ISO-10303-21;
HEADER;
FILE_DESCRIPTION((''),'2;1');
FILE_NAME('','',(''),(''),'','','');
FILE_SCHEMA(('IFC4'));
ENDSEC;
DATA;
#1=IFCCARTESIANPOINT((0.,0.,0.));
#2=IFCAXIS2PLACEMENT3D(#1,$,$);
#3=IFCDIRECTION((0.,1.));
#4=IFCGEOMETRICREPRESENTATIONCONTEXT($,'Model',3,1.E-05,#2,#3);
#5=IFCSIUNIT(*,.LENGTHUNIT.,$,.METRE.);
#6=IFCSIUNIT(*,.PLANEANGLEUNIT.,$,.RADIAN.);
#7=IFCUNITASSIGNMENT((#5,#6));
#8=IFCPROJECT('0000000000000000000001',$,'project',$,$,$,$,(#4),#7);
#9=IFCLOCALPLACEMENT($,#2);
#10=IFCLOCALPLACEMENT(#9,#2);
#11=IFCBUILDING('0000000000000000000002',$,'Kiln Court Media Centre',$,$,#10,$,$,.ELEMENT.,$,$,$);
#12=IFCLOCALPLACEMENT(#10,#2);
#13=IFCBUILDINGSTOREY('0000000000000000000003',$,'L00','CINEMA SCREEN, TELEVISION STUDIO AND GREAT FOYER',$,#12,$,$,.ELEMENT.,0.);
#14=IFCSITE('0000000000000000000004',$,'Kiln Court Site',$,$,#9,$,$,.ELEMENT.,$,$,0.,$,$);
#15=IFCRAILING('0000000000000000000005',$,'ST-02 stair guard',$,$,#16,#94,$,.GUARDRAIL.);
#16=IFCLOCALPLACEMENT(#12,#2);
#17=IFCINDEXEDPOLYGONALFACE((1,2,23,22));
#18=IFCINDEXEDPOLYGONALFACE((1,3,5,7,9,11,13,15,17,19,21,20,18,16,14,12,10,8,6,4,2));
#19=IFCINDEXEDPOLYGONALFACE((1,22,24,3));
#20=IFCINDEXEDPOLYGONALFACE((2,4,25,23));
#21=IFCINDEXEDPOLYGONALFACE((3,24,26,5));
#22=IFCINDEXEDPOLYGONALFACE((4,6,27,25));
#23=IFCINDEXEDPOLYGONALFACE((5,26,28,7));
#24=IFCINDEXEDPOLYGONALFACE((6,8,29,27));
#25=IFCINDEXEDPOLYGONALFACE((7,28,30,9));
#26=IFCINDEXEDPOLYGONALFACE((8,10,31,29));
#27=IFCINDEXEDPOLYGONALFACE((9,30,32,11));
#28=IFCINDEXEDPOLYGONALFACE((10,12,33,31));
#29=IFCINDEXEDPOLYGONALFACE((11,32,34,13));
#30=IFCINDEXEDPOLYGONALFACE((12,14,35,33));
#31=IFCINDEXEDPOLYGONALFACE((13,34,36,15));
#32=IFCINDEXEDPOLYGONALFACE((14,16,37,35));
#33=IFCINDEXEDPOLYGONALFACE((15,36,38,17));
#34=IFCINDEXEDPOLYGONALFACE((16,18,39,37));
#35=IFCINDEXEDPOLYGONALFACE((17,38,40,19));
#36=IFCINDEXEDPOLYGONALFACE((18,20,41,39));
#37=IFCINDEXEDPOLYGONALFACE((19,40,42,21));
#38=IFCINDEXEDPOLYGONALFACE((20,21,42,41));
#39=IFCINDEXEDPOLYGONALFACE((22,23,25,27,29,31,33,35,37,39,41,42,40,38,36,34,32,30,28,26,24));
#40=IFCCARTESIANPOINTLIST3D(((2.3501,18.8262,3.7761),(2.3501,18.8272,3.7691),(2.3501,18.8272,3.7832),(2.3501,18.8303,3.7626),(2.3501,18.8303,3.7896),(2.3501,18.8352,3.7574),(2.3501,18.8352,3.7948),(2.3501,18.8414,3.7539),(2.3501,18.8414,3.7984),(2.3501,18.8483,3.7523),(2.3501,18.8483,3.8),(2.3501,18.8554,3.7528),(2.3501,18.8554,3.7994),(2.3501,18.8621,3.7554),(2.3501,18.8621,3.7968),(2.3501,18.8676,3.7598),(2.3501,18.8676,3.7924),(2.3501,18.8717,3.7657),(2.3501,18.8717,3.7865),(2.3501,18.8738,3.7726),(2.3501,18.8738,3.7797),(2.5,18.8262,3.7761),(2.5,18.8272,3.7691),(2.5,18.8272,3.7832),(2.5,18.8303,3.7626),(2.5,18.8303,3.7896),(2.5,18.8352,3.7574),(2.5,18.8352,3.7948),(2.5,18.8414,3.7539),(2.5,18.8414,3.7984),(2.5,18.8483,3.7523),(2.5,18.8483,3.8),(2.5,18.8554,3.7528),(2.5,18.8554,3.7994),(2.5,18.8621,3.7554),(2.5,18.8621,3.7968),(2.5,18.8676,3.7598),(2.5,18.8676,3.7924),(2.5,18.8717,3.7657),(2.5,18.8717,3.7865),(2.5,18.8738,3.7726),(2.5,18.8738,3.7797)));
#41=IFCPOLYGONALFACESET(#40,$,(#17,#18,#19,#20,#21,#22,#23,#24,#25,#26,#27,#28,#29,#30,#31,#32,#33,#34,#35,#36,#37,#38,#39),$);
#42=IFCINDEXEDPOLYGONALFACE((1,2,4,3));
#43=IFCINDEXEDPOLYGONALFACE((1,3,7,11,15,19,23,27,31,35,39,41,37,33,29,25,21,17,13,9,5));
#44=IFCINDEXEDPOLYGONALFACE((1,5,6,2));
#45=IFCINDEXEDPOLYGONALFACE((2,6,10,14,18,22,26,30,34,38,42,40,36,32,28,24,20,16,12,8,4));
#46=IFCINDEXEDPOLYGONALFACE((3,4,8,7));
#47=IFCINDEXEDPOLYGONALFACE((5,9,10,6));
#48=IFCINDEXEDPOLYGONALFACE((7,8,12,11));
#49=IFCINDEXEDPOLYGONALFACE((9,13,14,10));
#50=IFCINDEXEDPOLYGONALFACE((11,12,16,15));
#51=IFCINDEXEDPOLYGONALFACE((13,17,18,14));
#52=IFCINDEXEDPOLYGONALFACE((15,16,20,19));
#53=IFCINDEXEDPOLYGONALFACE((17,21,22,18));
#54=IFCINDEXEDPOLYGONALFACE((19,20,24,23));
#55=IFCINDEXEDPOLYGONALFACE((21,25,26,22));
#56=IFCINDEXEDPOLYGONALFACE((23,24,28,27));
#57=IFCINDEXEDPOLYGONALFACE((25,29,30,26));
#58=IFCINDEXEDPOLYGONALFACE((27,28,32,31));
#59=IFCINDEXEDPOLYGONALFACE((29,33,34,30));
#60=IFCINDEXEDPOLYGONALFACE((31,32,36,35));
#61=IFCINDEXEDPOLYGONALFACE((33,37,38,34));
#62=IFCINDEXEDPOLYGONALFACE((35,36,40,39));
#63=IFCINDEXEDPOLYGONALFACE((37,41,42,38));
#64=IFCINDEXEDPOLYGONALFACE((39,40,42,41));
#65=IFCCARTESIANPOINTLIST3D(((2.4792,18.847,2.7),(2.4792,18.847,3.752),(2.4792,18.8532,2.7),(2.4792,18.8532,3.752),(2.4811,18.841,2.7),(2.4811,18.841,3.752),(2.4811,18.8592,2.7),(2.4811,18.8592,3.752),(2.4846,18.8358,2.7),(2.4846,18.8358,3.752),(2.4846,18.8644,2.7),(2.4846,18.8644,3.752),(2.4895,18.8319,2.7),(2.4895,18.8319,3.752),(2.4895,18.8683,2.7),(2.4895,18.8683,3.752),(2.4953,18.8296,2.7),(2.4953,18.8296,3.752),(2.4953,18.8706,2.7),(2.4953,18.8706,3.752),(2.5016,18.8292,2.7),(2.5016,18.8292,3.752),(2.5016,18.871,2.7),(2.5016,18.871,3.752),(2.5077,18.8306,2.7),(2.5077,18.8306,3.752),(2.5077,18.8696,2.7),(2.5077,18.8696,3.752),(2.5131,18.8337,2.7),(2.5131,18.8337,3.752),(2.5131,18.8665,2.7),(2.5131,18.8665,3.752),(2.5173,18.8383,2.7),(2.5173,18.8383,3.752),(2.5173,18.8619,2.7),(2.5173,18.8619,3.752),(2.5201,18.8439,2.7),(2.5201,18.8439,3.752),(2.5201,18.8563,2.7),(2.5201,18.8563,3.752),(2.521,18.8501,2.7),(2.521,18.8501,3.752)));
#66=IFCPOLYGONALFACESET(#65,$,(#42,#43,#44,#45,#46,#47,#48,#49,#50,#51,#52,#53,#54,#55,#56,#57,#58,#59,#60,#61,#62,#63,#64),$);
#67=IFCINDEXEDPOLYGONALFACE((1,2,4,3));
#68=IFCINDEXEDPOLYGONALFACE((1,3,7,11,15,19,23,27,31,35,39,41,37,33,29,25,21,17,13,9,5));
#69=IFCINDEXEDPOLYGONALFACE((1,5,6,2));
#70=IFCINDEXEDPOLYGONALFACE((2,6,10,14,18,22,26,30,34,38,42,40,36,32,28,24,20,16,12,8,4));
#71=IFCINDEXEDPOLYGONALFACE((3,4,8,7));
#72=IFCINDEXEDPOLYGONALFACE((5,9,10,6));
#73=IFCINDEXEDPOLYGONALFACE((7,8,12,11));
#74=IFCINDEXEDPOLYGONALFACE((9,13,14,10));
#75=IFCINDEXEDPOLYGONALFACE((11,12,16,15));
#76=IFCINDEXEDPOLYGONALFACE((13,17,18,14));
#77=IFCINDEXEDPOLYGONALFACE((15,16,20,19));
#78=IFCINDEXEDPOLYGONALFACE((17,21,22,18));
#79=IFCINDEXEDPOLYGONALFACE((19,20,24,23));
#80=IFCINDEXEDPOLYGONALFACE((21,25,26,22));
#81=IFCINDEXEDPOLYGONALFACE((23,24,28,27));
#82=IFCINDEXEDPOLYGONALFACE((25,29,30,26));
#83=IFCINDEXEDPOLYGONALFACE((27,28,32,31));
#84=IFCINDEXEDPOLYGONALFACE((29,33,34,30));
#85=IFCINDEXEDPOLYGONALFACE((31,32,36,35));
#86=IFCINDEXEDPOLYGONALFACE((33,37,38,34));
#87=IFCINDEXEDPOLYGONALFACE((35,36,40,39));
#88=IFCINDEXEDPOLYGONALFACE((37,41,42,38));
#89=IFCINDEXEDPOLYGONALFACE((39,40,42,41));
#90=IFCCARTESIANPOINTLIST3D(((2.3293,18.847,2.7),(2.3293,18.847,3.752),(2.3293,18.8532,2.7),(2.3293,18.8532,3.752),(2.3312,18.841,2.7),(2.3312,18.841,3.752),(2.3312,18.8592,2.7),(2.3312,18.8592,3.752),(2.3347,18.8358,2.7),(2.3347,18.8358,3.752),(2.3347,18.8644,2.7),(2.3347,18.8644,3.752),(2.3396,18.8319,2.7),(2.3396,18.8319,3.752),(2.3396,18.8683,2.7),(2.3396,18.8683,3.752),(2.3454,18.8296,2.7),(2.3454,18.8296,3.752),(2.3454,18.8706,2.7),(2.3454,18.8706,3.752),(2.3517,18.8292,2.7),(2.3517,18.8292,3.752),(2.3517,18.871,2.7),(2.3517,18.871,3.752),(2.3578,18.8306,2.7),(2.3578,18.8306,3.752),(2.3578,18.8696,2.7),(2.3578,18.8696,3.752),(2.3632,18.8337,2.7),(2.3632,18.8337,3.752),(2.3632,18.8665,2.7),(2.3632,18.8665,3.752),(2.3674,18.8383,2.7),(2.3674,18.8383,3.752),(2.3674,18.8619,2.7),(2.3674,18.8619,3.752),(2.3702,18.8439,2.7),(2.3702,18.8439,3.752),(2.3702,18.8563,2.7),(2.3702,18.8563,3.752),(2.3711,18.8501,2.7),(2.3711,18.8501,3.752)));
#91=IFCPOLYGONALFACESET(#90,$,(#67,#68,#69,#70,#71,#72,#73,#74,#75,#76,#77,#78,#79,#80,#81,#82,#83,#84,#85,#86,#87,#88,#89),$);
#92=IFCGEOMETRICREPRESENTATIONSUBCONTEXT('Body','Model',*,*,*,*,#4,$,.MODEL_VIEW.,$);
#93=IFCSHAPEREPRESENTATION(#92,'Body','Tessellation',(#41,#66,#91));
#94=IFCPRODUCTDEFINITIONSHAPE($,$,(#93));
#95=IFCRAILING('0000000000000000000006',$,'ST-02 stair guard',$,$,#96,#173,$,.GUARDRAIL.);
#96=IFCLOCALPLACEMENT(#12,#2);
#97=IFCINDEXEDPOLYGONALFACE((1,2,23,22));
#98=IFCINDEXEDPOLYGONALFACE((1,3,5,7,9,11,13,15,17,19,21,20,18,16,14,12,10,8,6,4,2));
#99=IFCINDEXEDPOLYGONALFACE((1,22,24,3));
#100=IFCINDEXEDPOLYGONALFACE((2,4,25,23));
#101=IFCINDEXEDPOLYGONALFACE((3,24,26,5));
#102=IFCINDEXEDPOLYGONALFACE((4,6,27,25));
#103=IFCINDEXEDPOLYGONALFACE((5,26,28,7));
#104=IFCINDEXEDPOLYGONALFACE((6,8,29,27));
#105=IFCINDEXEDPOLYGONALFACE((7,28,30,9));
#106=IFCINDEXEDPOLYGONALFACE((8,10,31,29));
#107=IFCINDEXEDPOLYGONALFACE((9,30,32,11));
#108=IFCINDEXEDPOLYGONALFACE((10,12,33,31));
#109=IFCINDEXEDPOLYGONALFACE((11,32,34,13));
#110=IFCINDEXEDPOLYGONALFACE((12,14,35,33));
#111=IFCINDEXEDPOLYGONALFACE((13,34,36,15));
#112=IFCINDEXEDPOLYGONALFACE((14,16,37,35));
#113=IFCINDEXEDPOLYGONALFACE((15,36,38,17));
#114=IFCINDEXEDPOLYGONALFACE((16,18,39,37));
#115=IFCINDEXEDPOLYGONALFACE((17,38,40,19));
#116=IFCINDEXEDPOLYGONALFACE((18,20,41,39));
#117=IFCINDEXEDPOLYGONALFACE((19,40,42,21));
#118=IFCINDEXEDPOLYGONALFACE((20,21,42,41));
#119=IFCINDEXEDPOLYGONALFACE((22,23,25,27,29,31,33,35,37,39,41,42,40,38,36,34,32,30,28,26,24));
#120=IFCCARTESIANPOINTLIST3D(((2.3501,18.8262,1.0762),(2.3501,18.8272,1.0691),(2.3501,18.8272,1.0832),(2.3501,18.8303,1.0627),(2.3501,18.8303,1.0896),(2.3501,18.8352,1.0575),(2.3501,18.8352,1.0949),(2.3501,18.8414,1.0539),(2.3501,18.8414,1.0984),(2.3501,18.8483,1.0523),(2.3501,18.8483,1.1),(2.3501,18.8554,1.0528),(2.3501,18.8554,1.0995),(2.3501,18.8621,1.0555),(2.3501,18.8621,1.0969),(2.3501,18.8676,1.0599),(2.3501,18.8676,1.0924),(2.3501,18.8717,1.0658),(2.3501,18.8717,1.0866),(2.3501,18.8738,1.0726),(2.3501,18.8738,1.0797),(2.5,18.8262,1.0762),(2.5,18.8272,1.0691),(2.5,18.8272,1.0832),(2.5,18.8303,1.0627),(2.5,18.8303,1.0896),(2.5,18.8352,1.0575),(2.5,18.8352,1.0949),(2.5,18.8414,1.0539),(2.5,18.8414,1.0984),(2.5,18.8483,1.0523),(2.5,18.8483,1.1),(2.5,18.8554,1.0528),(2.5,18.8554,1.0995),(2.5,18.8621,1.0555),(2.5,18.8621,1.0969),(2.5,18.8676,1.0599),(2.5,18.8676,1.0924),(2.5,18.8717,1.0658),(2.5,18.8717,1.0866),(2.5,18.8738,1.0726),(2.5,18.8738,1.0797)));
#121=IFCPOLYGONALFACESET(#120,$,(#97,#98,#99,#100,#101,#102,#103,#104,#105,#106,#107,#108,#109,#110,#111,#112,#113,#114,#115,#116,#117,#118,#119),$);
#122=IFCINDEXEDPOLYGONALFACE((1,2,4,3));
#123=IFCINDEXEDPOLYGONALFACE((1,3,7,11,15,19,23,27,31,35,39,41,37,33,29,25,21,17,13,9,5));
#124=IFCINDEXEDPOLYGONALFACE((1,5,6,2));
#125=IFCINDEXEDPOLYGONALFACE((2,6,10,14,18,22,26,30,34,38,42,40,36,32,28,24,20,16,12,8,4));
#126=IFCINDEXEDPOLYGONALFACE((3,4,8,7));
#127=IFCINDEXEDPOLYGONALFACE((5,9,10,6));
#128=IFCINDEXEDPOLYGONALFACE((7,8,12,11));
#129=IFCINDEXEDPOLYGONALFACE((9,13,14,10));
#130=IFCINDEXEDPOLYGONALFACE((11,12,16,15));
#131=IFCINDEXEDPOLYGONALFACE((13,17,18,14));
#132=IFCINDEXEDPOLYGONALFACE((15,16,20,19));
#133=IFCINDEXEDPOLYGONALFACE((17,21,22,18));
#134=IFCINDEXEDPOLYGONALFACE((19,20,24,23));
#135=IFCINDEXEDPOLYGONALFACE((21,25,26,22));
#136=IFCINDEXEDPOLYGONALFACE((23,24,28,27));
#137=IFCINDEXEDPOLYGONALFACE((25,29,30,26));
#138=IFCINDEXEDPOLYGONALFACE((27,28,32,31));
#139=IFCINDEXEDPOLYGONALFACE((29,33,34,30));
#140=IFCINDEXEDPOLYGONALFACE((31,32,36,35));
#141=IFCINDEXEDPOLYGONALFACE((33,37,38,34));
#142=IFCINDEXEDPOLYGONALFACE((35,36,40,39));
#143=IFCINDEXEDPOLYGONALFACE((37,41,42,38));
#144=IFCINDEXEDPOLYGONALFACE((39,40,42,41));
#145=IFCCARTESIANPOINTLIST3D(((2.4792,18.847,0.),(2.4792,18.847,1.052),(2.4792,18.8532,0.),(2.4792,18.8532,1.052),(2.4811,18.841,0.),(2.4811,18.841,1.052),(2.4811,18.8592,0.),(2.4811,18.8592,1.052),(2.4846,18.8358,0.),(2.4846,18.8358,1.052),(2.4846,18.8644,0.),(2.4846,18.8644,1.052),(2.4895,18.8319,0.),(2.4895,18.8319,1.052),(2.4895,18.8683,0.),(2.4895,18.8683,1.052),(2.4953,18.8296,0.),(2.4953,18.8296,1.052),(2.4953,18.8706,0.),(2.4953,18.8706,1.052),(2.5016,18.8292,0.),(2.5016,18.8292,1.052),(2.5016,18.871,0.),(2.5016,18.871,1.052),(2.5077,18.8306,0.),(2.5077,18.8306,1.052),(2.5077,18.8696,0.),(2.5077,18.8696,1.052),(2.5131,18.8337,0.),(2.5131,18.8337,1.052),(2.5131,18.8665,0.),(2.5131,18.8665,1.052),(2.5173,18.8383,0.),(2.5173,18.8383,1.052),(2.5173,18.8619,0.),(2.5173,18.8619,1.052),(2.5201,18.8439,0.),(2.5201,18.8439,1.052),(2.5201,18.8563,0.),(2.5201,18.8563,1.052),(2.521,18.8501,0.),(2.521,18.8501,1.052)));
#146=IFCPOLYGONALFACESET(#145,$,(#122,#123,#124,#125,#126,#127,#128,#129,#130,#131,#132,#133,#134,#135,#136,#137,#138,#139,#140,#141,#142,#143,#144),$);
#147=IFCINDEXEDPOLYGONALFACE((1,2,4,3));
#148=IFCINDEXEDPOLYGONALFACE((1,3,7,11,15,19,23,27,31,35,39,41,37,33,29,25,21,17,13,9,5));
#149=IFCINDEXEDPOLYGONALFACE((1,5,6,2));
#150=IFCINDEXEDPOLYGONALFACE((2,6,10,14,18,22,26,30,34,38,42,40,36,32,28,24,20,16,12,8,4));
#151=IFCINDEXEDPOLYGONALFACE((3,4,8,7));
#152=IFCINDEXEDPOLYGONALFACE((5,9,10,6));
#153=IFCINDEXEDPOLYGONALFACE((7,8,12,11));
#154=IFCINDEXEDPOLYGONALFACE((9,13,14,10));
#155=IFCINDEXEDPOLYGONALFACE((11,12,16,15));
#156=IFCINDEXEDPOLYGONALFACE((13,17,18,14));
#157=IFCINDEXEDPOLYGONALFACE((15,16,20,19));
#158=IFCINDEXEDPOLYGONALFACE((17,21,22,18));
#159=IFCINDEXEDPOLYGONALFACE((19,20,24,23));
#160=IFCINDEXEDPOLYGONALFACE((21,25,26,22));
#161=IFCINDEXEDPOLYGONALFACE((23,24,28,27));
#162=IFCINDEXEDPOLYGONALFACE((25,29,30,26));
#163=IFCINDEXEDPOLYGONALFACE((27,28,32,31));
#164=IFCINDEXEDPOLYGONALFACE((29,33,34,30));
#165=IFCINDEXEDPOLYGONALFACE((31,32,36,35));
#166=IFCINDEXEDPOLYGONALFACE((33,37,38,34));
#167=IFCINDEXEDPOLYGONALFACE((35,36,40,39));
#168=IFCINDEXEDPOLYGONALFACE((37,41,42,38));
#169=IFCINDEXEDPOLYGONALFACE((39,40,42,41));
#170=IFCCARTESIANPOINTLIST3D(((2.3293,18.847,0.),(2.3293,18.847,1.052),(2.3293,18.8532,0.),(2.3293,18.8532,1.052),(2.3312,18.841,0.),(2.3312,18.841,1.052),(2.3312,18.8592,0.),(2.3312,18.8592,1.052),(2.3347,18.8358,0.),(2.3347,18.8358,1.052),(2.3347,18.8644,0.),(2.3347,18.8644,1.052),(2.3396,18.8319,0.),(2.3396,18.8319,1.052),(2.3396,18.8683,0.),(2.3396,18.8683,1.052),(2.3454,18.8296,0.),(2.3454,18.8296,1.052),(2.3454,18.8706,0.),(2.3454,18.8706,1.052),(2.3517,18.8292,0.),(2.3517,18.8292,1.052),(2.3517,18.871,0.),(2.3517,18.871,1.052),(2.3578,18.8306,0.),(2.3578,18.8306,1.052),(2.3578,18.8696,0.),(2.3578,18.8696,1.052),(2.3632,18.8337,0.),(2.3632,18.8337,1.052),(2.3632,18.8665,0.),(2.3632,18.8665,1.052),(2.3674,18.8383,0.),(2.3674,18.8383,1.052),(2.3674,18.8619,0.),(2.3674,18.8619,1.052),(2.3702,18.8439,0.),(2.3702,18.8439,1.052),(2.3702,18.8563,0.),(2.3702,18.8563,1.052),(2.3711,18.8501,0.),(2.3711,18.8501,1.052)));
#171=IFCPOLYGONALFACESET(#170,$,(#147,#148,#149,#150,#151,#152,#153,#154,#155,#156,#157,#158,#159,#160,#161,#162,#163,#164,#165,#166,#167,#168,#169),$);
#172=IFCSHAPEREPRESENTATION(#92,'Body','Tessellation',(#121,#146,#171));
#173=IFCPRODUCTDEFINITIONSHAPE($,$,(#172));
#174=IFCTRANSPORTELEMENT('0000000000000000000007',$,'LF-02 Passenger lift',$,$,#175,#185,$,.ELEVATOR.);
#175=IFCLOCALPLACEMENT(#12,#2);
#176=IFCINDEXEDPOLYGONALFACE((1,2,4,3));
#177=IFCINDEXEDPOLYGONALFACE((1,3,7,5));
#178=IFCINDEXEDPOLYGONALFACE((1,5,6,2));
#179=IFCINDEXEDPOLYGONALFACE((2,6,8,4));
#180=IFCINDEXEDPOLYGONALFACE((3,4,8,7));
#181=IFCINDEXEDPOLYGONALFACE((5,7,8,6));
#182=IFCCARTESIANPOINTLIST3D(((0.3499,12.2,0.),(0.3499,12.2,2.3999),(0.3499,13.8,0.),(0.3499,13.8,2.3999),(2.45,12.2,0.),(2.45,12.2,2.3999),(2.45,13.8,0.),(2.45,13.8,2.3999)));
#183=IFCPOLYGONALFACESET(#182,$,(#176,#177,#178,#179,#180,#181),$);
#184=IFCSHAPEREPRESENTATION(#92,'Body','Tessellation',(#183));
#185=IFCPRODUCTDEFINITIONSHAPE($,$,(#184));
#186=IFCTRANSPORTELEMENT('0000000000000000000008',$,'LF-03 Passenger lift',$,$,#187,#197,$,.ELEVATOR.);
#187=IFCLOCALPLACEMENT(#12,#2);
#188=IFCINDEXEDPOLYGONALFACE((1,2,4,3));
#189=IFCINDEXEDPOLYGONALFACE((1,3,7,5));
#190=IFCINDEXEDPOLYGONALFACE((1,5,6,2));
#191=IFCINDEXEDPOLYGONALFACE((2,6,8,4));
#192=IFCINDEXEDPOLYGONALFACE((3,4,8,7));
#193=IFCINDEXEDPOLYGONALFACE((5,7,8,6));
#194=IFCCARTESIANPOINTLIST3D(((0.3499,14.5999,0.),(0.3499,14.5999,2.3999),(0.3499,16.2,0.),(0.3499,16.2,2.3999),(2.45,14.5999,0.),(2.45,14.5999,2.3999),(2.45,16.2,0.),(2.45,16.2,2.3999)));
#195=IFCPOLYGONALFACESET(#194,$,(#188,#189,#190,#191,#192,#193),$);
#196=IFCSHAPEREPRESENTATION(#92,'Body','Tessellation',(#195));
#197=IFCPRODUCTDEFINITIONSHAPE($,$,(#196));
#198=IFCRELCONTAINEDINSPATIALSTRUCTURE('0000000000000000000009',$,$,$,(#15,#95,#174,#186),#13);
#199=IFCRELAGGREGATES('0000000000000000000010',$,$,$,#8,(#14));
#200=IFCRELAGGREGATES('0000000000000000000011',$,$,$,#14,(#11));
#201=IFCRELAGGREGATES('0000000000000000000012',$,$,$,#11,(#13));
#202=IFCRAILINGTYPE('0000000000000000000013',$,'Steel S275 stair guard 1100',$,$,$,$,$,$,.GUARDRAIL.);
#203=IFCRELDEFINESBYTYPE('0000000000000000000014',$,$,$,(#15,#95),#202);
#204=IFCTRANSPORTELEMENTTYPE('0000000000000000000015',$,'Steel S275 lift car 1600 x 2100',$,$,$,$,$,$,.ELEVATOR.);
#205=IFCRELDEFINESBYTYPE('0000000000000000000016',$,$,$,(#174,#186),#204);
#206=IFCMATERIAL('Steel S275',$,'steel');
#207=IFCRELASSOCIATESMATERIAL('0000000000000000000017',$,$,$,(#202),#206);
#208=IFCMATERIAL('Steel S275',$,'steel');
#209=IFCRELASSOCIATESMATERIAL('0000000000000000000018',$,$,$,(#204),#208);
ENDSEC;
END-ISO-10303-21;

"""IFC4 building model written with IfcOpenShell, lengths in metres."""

from ifc_helpers import new_model, si_unit, direction, frame, origin, origin_2d, place, context, subcontext, project, spatial, rectangle, circle, extrude, material, type_object, element, save


model = new_model("IFC4")

# Units and contexts
model_context = context("Model", 3, precision=1e-05, world=origin(), true_north=direction((0.0, 1.0)))
body_context = subcontext(model_context, "Body", "Model", "MODEL_VIEW")
ifc_project = project(units=[si_unit("LENGTHUNIT", "METRE"), si_unit("PLANEANGLEUNIT", "RADIAN")], contexts=[model_context])

# Site, building, storey
site_placement = place(None, origin())
site = spatial("IfcSite", under=ifc_project, at=site_placement, Name="Kiln Court Site", CompositionType="ELEMENT", RefElevation=0.0)
building_placement = place(site_placement, origin())
building = spatial("IfcBuilding", under=site, at=building_placement, Name="Kiln Court Media Centre", CompositionType="ELEMENT")
storey_placement = place(building_placement, origin())
storey = spatial("IfcBuildingStorey", under=building, at=storey_placement, Name="L00", Description="CINEMA SCREEN, TELEVISION STUDIO AND GREAT FOYER", CompositionType="ELEMENT", Elevation=0.0)

# Railings
ifc_material_1 = material(Name="Steel S275", Category="steel")
railing_type = type_object("IfcRailingType", Name="Steel S275 stair guard 1100", PredefinedType="GUARDRAIL", material=ifc_material_1)
for number, where, name in (
    (1, (2.5, 18.8501, 2.7), "ST-02 stair guard"),
    (2, (2.5, 18.8501, 0.0), "ST-02 stair guard"),
):
    element("IfcRailing", number, at=place(storey_placement, frame(where)), inside=storey, type_object=railing_type, Name=name, PredefinedType="GUARDRAIL", context=body_context, shape_type="SweptSolid", body=[
        extrude(circle(Radius=0.0239, at=origin_2d()), frame((0.0, 0.0, 1.0762), z_axis=(-1.0, 0.0, 0.0), x_axis=(0.0, -1.0, 0.0)), (0.0, 0.0, 1.0), 0.1499),
        extrude(circle(Radius=0.021, at=origin_2d()), origin(), (0.0, 0.0, 1.0), 1.052),
        extrude(circle(Radius=0.021, at=origin_2d()), frame((-0.1499, 0.0, 0.0)), (0.0, 0.0, 1.0), 1.052),
    ])

# Transport elements
ifc_material_2 = material(Name="Steel S275", Category="steel")
transport_element_type = type_object("IfcTransportElementType", Name="Steel S275 lift car 1600 x 2100", PredefinedType="ELEVATOR", material=ifc_material_2)
for number, where, z_axis, x_axis, name in (
    (3, (1.3999, 13.0, 0.0), (0.0, 0.0, 1.0), (1.0, 0.0, 0.0), "LF-02 Passenger lift"),
    (4, (1.3999, 15.3999, 0.0), (0.0, 0.0, 1.0), (1.0, 0.0, 0.0), "LF-03 Passenger lift"),
):
    element("IfcTransportElement", number, at=place(storey_placement, frame(where, z_axis=z_axis, x_axis=x_axis)), inside=storey, type_object=transport_element_type, Name=name, PredefinedType="ELEVATOR", context=body_context, shape_type="SweptSolid", body=[
        extrude(rectangle(XDim=2.1001, YDim=1.6001, at=origin_2d()), origin(), (0.0, 0.0, 1.0), 2.3999),
    ])

save(model, "model.ifc")
